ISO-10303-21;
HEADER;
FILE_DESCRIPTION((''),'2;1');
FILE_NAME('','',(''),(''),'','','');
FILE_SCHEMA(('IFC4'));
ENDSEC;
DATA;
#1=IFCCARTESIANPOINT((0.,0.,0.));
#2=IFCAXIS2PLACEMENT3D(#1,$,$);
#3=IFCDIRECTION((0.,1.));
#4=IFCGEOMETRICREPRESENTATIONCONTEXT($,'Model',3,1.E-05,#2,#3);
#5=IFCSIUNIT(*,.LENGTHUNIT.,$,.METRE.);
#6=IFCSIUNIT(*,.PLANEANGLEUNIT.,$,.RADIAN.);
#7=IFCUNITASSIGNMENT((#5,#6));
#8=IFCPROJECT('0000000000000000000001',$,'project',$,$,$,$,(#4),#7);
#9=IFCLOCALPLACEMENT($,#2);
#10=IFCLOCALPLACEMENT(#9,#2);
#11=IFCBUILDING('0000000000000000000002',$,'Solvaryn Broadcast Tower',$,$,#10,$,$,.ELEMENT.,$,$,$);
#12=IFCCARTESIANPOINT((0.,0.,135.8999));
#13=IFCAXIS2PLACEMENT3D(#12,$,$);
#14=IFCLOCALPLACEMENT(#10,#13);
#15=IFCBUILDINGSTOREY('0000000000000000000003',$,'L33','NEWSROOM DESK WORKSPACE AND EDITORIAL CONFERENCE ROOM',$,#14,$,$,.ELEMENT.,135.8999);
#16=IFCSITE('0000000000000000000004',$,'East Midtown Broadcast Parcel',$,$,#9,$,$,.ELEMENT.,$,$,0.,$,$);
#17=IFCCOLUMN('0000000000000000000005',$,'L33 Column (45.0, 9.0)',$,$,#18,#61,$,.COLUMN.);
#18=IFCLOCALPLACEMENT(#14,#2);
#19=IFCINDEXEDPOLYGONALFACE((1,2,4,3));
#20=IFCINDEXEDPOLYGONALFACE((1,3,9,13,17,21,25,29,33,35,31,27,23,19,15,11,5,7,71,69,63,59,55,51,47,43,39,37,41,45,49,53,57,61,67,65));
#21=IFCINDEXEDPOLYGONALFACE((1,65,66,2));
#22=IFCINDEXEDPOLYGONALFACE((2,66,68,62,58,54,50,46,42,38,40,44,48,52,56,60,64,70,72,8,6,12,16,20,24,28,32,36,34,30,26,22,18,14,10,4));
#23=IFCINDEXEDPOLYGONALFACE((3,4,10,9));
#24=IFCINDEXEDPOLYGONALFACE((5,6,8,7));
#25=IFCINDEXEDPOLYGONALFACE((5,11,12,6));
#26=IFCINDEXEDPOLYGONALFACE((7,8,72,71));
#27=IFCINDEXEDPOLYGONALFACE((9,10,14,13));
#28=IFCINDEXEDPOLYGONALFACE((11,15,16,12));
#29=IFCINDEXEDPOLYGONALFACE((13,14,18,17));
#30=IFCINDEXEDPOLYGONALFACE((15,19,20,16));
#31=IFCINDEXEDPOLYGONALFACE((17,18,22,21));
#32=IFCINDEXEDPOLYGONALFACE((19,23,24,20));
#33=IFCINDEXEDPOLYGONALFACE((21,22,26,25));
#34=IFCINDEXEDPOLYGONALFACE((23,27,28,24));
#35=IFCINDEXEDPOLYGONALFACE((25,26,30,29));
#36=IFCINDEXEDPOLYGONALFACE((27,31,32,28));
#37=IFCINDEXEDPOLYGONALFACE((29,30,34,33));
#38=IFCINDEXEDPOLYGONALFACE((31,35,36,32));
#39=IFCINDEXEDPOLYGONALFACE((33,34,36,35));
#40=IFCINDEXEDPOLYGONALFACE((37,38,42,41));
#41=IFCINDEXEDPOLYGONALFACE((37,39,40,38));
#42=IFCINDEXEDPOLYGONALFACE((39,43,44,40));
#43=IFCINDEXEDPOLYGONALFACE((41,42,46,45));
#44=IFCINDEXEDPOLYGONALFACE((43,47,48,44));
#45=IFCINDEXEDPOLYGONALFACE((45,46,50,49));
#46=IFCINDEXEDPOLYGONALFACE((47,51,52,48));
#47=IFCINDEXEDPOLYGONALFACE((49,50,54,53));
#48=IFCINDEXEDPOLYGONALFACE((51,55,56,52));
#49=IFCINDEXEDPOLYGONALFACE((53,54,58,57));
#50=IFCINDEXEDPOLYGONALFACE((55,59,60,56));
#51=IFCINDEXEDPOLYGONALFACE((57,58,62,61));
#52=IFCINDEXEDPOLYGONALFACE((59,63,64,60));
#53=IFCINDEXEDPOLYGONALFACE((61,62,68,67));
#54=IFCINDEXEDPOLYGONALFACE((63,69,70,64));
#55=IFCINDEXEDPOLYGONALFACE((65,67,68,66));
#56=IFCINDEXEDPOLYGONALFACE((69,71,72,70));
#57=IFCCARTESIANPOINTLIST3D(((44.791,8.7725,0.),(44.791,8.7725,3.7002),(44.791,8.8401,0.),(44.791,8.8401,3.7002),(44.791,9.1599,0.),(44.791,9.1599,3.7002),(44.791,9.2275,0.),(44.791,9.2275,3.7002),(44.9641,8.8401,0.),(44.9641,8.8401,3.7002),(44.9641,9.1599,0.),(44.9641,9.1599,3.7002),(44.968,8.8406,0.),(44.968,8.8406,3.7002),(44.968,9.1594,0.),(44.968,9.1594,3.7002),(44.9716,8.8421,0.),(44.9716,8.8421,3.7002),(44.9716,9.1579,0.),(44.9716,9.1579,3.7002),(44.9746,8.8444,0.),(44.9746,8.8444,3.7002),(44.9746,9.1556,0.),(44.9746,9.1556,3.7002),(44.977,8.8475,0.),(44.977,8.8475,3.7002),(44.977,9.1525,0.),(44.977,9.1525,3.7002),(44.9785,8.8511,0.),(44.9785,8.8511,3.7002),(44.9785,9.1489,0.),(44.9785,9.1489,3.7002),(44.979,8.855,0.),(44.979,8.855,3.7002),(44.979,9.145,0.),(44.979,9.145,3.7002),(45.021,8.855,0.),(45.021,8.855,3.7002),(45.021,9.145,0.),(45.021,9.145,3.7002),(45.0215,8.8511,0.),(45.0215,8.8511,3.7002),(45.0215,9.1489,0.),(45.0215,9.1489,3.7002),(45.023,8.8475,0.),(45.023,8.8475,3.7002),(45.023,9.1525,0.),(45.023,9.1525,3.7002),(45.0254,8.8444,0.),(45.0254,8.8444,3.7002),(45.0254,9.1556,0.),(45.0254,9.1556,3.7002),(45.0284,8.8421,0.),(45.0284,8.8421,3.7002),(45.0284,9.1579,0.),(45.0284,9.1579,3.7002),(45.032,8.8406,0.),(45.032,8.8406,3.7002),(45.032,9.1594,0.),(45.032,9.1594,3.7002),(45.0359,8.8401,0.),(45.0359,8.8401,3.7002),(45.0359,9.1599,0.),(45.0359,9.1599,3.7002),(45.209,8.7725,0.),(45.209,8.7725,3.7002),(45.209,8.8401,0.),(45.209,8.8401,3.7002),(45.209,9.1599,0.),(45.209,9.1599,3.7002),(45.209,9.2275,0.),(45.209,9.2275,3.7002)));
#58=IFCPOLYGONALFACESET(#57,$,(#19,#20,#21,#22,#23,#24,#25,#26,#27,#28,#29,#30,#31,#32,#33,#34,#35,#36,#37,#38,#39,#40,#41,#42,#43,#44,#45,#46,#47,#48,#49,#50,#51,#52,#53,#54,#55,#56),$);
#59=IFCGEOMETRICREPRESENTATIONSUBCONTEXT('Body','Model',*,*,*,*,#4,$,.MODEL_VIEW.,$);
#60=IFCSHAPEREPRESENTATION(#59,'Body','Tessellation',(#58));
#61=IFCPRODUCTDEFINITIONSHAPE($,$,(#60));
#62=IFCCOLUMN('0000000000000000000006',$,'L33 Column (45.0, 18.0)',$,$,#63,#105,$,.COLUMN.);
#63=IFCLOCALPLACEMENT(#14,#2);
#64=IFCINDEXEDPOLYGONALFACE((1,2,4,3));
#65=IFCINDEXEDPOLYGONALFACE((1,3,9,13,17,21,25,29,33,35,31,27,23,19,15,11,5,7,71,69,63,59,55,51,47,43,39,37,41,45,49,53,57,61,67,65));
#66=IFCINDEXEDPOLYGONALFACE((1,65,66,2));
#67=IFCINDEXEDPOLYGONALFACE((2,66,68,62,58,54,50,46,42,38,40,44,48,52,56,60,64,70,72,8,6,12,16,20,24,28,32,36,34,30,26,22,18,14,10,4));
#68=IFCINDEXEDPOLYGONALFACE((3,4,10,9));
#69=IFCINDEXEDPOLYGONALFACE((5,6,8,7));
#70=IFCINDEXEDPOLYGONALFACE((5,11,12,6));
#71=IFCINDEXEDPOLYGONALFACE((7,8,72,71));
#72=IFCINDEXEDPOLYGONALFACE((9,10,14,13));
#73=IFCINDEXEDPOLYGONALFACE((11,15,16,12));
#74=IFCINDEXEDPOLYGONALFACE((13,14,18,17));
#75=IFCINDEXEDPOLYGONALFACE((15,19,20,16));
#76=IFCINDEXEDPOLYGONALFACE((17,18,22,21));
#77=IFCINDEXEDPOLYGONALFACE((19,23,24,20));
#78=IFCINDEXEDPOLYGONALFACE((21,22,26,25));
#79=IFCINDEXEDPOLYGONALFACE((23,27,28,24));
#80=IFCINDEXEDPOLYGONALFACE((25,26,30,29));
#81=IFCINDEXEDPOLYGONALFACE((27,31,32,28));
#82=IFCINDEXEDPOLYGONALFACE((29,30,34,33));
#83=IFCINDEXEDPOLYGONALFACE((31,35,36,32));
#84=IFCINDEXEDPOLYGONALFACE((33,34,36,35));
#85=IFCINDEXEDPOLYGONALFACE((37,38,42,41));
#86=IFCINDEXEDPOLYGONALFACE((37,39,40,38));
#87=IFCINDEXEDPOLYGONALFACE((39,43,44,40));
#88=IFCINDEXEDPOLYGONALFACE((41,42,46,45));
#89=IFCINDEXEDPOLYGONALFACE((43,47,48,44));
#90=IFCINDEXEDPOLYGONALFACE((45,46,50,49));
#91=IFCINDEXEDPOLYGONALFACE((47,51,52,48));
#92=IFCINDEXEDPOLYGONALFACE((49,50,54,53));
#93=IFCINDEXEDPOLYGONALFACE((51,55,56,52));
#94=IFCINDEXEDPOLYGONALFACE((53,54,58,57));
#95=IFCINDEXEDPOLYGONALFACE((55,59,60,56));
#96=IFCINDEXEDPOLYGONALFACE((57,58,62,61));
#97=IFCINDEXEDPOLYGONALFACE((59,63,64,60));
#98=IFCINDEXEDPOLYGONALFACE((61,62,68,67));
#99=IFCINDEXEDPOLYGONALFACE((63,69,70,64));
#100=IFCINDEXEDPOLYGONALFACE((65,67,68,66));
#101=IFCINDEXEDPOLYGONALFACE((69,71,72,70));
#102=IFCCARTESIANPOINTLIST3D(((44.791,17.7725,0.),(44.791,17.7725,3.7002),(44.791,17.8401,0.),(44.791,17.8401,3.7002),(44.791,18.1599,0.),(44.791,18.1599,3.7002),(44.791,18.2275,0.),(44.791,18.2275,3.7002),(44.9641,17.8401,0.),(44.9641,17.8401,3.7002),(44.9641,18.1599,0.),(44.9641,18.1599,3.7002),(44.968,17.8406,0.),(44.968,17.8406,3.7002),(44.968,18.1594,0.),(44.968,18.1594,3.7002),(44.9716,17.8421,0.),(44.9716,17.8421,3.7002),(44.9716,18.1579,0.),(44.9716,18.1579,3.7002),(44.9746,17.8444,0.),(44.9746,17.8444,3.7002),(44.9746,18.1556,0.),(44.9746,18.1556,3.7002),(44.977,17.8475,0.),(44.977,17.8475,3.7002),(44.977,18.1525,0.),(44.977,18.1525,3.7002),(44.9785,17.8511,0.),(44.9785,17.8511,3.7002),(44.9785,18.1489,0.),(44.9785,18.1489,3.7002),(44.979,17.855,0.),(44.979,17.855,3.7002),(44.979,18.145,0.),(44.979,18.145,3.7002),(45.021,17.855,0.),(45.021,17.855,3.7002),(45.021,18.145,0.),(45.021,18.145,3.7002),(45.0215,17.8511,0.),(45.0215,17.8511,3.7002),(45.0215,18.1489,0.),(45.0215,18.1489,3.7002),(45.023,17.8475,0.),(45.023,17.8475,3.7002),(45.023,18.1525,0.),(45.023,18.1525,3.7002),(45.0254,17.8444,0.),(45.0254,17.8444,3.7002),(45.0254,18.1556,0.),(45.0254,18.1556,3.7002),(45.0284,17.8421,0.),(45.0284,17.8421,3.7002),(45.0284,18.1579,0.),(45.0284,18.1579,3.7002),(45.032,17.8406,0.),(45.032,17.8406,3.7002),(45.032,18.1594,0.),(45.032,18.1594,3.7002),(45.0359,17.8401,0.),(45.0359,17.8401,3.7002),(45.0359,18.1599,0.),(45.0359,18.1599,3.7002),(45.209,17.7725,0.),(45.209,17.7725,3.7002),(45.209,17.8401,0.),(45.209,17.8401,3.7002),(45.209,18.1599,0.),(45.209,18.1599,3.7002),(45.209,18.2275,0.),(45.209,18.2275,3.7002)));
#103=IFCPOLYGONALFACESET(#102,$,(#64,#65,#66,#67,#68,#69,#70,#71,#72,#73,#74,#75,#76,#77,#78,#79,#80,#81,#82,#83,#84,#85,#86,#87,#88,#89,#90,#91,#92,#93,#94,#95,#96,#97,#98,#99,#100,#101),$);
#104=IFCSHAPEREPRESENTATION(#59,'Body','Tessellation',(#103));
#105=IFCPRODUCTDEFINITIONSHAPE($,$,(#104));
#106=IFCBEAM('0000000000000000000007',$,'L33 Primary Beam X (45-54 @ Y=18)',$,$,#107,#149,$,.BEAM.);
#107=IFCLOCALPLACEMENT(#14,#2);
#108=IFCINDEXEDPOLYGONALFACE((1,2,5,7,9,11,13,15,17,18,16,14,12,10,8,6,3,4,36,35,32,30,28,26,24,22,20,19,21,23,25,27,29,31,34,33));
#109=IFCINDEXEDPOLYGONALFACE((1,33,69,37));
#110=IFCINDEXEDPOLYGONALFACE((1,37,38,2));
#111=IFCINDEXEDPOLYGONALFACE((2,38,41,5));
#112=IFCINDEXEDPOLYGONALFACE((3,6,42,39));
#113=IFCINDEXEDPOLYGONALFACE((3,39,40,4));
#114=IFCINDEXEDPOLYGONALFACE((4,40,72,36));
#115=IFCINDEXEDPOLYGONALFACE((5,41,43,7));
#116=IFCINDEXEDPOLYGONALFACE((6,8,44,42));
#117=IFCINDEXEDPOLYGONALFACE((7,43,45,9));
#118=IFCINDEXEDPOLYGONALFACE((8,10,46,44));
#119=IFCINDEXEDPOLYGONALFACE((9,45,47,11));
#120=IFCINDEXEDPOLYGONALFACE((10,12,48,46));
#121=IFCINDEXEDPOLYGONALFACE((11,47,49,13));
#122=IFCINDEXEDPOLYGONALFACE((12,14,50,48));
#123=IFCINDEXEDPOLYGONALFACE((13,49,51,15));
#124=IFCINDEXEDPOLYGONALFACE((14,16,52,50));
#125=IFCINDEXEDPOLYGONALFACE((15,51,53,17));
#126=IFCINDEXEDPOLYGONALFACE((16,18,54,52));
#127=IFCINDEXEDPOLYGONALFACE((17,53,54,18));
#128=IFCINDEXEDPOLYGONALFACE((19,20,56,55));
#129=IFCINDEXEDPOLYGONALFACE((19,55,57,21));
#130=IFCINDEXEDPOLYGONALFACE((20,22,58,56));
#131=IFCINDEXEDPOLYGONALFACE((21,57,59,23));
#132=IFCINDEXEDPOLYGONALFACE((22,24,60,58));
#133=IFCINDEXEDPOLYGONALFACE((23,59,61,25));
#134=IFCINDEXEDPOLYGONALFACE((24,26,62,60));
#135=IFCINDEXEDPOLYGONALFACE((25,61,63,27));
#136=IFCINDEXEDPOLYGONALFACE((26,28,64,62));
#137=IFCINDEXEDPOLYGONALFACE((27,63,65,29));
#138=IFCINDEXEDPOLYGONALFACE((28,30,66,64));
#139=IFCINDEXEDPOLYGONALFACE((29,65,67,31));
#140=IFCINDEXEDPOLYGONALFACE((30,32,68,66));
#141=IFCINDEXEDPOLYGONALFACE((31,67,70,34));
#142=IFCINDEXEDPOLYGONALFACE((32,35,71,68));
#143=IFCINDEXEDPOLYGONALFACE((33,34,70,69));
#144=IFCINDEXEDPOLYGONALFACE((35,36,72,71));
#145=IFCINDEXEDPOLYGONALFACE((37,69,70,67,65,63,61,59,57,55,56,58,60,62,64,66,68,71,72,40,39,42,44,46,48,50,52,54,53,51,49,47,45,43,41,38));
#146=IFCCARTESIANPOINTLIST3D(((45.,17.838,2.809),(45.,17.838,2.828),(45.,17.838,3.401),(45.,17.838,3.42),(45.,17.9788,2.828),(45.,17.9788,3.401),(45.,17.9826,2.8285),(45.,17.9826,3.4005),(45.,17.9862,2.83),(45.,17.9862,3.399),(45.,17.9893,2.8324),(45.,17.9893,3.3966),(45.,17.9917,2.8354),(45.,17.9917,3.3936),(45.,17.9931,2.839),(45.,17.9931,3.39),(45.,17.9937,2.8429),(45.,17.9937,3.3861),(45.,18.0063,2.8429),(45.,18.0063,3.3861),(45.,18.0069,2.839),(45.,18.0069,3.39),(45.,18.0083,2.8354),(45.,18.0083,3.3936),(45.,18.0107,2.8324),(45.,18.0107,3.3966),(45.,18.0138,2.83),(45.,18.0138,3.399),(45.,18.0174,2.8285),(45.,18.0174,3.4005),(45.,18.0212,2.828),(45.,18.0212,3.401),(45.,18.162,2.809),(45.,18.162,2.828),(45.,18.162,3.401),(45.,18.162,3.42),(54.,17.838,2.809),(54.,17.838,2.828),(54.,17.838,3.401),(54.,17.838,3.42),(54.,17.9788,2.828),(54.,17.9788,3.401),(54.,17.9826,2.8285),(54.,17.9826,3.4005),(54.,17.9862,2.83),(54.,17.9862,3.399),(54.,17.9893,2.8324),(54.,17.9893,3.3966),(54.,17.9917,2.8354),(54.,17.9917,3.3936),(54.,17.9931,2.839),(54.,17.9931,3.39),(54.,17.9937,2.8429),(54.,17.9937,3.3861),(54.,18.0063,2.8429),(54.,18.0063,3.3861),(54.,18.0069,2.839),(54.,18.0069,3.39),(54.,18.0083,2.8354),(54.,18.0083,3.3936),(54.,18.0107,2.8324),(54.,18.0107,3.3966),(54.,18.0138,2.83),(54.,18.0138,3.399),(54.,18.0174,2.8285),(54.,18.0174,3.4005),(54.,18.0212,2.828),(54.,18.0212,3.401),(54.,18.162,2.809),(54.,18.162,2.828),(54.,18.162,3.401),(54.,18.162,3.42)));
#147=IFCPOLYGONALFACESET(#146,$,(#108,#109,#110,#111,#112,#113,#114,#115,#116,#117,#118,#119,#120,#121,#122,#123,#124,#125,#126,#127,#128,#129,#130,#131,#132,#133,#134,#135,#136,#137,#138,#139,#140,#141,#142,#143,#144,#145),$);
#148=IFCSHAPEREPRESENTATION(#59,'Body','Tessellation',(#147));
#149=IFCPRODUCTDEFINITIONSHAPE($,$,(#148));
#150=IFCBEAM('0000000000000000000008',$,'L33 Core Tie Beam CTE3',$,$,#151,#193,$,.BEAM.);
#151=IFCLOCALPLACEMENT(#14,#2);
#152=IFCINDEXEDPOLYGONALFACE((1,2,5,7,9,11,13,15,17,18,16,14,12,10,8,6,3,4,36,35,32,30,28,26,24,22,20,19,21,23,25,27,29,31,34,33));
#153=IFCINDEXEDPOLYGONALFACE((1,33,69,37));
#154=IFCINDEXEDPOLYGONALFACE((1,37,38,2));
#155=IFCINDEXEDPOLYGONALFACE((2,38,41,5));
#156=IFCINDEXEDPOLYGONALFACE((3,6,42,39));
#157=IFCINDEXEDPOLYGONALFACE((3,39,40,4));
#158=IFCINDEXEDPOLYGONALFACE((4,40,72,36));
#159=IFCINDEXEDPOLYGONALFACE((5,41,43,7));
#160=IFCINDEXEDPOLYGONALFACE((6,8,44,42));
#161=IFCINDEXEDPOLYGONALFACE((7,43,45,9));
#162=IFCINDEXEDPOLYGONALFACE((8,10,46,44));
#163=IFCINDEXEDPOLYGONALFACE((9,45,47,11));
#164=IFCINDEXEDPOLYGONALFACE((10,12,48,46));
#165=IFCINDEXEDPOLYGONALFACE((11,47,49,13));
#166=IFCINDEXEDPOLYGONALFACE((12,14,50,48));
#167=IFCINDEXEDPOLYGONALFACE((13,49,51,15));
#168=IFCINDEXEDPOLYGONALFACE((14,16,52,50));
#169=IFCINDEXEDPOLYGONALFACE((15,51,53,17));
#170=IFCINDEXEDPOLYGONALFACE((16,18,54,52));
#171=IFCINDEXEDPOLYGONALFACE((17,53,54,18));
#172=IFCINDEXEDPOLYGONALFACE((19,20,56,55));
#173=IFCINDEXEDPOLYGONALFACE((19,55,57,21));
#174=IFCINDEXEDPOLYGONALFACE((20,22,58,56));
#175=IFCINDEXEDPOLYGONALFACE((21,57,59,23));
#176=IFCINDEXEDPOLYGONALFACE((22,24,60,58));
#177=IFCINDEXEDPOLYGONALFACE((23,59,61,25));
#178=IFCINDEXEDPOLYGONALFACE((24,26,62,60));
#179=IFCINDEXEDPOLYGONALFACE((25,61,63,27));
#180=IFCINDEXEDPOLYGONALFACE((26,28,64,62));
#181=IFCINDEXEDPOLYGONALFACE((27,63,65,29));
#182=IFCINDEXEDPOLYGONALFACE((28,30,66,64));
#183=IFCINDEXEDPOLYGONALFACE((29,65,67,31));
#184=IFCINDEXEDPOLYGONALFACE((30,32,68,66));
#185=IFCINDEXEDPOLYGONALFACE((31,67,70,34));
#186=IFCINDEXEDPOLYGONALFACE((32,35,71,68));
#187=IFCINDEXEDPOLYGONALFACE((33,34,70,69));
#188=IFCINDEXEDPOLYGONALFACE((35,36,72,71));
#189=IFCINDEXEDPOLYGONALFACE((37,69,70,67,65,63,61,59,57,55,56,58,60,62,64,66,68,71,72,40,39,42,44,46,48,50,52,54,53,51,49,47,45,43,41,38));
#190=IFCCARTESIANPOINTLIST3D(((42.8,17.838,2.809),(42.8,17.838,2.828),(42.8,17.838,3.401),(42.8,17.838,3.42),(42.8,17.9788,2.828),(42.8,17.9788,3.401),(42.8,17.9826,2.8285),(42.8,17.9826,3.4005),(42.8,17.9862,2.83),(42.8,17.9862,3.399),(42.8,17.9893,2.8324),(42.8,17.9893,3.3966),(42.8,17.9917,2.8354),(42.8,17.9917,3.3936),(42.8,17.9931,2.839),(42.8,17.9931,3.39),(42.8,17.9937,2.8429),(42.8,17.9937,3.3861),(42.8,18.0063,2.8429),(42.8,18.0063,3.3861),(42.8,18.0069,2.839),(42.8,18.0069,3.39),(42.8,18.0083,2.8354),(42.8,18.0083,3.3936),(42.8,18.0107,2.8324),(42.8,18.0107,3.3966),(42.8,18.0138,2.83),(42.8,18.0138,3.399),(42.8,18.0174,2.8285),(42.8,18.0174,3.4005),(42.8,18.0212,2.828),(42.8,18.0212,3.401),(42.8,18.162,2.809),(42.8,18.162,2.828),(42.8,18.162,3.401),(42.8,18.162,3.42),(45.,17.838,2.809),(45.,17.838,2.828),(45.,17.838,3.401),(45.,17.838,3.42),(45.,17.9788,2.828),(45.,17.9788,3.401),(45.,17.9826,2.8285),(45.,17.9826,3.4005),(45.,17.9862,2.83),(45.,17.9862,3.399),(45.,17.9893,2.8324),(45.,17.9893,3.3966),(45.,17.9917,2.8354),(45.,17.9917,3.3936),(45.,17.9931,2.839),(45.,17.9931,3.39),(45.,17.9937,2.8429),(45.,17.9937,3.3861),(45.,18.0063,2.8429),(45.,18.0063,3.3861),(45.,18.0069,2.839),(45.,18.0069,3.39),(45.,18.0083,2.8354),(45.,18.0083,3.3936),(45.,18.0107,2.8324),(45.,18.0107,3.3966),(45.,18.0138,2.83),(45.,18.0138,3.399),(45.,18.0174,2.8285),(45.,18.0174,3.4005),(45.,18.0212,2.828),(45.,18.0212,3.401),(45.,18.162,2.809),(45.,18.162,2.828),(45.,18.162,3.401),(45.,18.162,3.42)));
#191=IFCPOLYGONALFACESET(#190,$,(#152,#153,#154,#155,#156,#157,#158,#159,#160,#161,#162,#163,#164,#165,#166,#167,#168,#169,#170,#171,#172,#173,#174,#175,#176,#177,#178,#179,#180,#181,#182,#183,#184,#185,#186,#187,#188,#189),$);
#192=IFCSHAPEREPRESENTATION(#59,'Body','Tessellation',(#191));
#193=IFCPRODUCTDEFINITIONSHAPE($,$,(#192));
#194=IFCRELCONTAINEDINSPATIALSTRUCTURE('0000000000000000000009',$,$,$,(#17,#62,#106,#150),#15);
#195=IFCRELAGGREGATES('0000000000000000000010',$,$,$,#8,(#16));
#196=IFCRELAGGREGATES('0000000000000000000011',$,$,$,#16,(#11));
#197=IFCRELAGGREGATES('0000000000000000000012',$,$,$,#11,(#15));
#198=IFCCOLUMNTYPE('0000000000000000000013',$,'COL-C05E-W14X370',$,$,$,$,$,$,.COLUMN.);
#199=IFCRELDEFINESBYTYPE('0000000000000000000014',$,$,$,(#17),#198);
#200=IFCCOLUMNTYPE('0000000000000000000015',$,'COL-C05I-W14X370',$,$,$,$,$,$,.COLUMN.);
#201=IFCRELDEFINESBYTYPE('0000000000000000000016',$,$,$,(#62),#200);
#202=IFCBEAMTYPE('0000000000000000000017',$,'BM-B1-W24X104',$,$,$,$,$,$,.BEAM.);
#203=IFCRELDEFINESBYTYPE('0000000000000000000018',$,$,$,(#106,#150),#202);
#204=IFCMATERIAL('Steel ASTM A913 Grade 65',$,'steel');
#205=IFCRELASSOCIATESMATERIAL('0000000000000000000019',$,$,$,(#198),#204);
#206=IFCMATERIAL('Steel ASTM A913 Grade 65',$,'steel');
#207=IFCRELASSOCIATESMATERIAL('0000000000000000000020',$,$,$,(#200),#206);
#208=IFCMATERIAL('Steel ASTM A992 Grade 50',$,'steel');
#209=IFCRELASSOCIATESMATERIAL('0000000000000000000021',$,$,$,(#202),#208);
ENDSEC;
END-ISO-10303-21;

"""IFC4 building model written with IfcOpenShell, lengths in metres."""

from ifc_helpers import new_model, si_unit, direction, frame, origin, origin_2d, place, context, subcontext, project, spatial, i_section, extrude, material, material_profile, profile_set, type_object, element, save


model = new_model("IFC4")

# Units and contexts
model_context = context("Model", 3, precision=1e-05, world=origin(), true_north=direction((0.0, 1.0)))
body_context = subcontext(model_context, "Body", "Model", "MODEL_VIEW")
ifc_project = project(units=[si_unit("LENGTHUNIT", "METRE"), si_unit("PLANEANGLEUNIT", "RADIAN")], contexts=[model_context])

# Site, building, storey
site_placement = place(None, origin())
site = spatial("IfcSite", under=ifc_project, at=site_placement, Name="East Midtown Broadcast Parcel", CompositionType="ELEMENT", RefElevation=0.0)
building_placement = place(site_placement, origin())
building = spatial("IfcBuilding", under=site, at=building_placement, Name="Solvaryn Broadcast Tower", CompositionType="ELEMENT")
storey_placement = place(building_placement, frame((0.0, 0.0, 135.8999)))
storey = spatial("IfcBuildingStorey", under=building, at=storey_placement, Name="L33", Description="NEWSROOM DESK WORKSPACE AND EDITORIAL CONFERENCE ROOM", CompositionType="ELEMENT", Elevation=135.8999)

# Columns
ifc_material_1 = material(Name="Steel ASTM A913 Grade 65", Category="steel")
ifc_material_profile_1 = material_profile(ifc_material_1, i_section(OverallWidth=0.418, OverallDepth=0.4551, WebThickness=0.042, FlangeThickness=0.0676, FilletRadius=0.0149, at=origin_2d()))
ifc_profile_set_1 = profile_set([ifc_material_profile_1], Name="Steel ASTM A913 Grade 65")
column_type_1 = type_object("IfcColumnType", Name="COL-C05E-W14X370", PredefinedType="COLUMN", material=ifc_profile_set_1)
column_1_placement = place(storey_placement, frame((45.0, 9.0, 0.0), z_axis=(0.0, 0.0, 1.0), x_axis=(1.0, 0.0, 0.0)))
element("IfcColumn", 1, at=column_1_placement, inside=storey, type_object=column_type_1, Name="L33 Column (45.0, 9.0)", PredefinedType="COLUMN", context=body_context, shape_type="SweptSolid", body=[
    extrude(i_section(OverallWidth=0.418, OverallDepth=0.4551, WebThickness=0.042, FlangeThickness=0.0676, FilletRadius=0.0149, at=origin_2d()), origin(), (0.0, 0.0, 1.0), 3.7002),
])
ifc_material_2 = material(Name="Steel ASTM A913 Grade 65", Category="steel")
ifc_material_profile_2 = material_profile(ifc_material_2, i_section(OverallWidth=0.418, OverallDepth=0.4551, WebThickness=0.042, FlangeThickness=0.0676, FilletRadius=0.0149, at=origin_2d()))
ifc_profile_set_2 = profile_set([ifc_material_profile_2], Name="Steel ASTM A913 Grade 65")
column_type_2 = type_object("IfcColumnType", Name="COL-C05I-W14X370", PredefinedType="COLUMN", material=ifc_profile_set_2)
column_2_placement = place(storey_placement, frame((45.0, 18.0, 0.0), z_axis=(0.0, 0.0, 1.0), x_axis=(1.0, 0.0, 0.0)))
element("IfcColumn", 2, at=column_2_placement, inside=storey, type_object=column_type_2, Name="L33 Column (45.0, 18.0)", PredefinedType="COLUMN", context=body_context, shape_type="SweptSolid", body=[
    extrude(i_section(OverallWidth=0.418, OverallDepth=0.4551, WebThickness=0.042, FlangeThickness=0.0676, FilletRadius=0.0149, at=origin_2d()), origin(), (0.0, 0.0, 1.0), 3.7002),
])

# Beams
ifc_material_3 = material(Name="Steel ASTM A992 Grade 50", Category="steel")
ifc_material_profile_3 = material_profile(ifc_material_3, i_section(OverallWidth=0.324, OverallDepth=0.6111, WebThickness=0.0127, FlangeThickness=0.019, FilletRadius=0.0149, at=origin_2d()))
ifc_profile_set_3 = profile_set([ifc_material_profile_3], Name="Steel ASTM A992 Grade 50")
beam_type = type_object("IfcBeamType", Name="BM-B1-W24X104", PredefinedType="BEAM", material=ifc_profile_set_3)
beam_1_placement = place(storey_placement, frame((45.0, 18.0, 3.1145), z_axis=(1.0, 0.0, 0.0), x_axis=(0.0, 1.0, 0.0)))
element("IfcBeam", 3, at=beam_1_placement, inside=storey, type_object=beam_type, Name="L33 Primary Beam X (45-54 @ Y=18)", PredefinedType="BEAM", context=body_context, shape_type="SweptSolid", body=[
    extrude(i_section(OverallWidth=0.324, OverallDepth=0.6111, WebThickness=0.0127, FlangeThickness=0.019, FilletRadius=0.0149, at=origin_2d()), origin(), (0.0, 0.0, 1.0), 9.0),
])
beam_2_placement = place(storey_placement, frame((42.8, 18.0, 3.1145), z_axis=(1.0, 0.0, 0.0), x_axis=(0.0, 1.0, 0.0)))
element("IfcBeam", 4, at=beam_2_placement, inside=storey, type_object=beam_type, Name="L33 Core Tie Beam CTE3", PredefinedType="BEAM", context=body_context, shape_type="SweptSolid", body=[
    extrude(i_section(OverallWidth=0.324, OverallDepth=0.6111, WebThickness=0.0127, FlangeThickness=0.019, FilletRadius=0.0149, at=origin_2d()), origin(), (0.0, 0.0, 1.0), 2.2),
])

save(model, "model.ifc")
